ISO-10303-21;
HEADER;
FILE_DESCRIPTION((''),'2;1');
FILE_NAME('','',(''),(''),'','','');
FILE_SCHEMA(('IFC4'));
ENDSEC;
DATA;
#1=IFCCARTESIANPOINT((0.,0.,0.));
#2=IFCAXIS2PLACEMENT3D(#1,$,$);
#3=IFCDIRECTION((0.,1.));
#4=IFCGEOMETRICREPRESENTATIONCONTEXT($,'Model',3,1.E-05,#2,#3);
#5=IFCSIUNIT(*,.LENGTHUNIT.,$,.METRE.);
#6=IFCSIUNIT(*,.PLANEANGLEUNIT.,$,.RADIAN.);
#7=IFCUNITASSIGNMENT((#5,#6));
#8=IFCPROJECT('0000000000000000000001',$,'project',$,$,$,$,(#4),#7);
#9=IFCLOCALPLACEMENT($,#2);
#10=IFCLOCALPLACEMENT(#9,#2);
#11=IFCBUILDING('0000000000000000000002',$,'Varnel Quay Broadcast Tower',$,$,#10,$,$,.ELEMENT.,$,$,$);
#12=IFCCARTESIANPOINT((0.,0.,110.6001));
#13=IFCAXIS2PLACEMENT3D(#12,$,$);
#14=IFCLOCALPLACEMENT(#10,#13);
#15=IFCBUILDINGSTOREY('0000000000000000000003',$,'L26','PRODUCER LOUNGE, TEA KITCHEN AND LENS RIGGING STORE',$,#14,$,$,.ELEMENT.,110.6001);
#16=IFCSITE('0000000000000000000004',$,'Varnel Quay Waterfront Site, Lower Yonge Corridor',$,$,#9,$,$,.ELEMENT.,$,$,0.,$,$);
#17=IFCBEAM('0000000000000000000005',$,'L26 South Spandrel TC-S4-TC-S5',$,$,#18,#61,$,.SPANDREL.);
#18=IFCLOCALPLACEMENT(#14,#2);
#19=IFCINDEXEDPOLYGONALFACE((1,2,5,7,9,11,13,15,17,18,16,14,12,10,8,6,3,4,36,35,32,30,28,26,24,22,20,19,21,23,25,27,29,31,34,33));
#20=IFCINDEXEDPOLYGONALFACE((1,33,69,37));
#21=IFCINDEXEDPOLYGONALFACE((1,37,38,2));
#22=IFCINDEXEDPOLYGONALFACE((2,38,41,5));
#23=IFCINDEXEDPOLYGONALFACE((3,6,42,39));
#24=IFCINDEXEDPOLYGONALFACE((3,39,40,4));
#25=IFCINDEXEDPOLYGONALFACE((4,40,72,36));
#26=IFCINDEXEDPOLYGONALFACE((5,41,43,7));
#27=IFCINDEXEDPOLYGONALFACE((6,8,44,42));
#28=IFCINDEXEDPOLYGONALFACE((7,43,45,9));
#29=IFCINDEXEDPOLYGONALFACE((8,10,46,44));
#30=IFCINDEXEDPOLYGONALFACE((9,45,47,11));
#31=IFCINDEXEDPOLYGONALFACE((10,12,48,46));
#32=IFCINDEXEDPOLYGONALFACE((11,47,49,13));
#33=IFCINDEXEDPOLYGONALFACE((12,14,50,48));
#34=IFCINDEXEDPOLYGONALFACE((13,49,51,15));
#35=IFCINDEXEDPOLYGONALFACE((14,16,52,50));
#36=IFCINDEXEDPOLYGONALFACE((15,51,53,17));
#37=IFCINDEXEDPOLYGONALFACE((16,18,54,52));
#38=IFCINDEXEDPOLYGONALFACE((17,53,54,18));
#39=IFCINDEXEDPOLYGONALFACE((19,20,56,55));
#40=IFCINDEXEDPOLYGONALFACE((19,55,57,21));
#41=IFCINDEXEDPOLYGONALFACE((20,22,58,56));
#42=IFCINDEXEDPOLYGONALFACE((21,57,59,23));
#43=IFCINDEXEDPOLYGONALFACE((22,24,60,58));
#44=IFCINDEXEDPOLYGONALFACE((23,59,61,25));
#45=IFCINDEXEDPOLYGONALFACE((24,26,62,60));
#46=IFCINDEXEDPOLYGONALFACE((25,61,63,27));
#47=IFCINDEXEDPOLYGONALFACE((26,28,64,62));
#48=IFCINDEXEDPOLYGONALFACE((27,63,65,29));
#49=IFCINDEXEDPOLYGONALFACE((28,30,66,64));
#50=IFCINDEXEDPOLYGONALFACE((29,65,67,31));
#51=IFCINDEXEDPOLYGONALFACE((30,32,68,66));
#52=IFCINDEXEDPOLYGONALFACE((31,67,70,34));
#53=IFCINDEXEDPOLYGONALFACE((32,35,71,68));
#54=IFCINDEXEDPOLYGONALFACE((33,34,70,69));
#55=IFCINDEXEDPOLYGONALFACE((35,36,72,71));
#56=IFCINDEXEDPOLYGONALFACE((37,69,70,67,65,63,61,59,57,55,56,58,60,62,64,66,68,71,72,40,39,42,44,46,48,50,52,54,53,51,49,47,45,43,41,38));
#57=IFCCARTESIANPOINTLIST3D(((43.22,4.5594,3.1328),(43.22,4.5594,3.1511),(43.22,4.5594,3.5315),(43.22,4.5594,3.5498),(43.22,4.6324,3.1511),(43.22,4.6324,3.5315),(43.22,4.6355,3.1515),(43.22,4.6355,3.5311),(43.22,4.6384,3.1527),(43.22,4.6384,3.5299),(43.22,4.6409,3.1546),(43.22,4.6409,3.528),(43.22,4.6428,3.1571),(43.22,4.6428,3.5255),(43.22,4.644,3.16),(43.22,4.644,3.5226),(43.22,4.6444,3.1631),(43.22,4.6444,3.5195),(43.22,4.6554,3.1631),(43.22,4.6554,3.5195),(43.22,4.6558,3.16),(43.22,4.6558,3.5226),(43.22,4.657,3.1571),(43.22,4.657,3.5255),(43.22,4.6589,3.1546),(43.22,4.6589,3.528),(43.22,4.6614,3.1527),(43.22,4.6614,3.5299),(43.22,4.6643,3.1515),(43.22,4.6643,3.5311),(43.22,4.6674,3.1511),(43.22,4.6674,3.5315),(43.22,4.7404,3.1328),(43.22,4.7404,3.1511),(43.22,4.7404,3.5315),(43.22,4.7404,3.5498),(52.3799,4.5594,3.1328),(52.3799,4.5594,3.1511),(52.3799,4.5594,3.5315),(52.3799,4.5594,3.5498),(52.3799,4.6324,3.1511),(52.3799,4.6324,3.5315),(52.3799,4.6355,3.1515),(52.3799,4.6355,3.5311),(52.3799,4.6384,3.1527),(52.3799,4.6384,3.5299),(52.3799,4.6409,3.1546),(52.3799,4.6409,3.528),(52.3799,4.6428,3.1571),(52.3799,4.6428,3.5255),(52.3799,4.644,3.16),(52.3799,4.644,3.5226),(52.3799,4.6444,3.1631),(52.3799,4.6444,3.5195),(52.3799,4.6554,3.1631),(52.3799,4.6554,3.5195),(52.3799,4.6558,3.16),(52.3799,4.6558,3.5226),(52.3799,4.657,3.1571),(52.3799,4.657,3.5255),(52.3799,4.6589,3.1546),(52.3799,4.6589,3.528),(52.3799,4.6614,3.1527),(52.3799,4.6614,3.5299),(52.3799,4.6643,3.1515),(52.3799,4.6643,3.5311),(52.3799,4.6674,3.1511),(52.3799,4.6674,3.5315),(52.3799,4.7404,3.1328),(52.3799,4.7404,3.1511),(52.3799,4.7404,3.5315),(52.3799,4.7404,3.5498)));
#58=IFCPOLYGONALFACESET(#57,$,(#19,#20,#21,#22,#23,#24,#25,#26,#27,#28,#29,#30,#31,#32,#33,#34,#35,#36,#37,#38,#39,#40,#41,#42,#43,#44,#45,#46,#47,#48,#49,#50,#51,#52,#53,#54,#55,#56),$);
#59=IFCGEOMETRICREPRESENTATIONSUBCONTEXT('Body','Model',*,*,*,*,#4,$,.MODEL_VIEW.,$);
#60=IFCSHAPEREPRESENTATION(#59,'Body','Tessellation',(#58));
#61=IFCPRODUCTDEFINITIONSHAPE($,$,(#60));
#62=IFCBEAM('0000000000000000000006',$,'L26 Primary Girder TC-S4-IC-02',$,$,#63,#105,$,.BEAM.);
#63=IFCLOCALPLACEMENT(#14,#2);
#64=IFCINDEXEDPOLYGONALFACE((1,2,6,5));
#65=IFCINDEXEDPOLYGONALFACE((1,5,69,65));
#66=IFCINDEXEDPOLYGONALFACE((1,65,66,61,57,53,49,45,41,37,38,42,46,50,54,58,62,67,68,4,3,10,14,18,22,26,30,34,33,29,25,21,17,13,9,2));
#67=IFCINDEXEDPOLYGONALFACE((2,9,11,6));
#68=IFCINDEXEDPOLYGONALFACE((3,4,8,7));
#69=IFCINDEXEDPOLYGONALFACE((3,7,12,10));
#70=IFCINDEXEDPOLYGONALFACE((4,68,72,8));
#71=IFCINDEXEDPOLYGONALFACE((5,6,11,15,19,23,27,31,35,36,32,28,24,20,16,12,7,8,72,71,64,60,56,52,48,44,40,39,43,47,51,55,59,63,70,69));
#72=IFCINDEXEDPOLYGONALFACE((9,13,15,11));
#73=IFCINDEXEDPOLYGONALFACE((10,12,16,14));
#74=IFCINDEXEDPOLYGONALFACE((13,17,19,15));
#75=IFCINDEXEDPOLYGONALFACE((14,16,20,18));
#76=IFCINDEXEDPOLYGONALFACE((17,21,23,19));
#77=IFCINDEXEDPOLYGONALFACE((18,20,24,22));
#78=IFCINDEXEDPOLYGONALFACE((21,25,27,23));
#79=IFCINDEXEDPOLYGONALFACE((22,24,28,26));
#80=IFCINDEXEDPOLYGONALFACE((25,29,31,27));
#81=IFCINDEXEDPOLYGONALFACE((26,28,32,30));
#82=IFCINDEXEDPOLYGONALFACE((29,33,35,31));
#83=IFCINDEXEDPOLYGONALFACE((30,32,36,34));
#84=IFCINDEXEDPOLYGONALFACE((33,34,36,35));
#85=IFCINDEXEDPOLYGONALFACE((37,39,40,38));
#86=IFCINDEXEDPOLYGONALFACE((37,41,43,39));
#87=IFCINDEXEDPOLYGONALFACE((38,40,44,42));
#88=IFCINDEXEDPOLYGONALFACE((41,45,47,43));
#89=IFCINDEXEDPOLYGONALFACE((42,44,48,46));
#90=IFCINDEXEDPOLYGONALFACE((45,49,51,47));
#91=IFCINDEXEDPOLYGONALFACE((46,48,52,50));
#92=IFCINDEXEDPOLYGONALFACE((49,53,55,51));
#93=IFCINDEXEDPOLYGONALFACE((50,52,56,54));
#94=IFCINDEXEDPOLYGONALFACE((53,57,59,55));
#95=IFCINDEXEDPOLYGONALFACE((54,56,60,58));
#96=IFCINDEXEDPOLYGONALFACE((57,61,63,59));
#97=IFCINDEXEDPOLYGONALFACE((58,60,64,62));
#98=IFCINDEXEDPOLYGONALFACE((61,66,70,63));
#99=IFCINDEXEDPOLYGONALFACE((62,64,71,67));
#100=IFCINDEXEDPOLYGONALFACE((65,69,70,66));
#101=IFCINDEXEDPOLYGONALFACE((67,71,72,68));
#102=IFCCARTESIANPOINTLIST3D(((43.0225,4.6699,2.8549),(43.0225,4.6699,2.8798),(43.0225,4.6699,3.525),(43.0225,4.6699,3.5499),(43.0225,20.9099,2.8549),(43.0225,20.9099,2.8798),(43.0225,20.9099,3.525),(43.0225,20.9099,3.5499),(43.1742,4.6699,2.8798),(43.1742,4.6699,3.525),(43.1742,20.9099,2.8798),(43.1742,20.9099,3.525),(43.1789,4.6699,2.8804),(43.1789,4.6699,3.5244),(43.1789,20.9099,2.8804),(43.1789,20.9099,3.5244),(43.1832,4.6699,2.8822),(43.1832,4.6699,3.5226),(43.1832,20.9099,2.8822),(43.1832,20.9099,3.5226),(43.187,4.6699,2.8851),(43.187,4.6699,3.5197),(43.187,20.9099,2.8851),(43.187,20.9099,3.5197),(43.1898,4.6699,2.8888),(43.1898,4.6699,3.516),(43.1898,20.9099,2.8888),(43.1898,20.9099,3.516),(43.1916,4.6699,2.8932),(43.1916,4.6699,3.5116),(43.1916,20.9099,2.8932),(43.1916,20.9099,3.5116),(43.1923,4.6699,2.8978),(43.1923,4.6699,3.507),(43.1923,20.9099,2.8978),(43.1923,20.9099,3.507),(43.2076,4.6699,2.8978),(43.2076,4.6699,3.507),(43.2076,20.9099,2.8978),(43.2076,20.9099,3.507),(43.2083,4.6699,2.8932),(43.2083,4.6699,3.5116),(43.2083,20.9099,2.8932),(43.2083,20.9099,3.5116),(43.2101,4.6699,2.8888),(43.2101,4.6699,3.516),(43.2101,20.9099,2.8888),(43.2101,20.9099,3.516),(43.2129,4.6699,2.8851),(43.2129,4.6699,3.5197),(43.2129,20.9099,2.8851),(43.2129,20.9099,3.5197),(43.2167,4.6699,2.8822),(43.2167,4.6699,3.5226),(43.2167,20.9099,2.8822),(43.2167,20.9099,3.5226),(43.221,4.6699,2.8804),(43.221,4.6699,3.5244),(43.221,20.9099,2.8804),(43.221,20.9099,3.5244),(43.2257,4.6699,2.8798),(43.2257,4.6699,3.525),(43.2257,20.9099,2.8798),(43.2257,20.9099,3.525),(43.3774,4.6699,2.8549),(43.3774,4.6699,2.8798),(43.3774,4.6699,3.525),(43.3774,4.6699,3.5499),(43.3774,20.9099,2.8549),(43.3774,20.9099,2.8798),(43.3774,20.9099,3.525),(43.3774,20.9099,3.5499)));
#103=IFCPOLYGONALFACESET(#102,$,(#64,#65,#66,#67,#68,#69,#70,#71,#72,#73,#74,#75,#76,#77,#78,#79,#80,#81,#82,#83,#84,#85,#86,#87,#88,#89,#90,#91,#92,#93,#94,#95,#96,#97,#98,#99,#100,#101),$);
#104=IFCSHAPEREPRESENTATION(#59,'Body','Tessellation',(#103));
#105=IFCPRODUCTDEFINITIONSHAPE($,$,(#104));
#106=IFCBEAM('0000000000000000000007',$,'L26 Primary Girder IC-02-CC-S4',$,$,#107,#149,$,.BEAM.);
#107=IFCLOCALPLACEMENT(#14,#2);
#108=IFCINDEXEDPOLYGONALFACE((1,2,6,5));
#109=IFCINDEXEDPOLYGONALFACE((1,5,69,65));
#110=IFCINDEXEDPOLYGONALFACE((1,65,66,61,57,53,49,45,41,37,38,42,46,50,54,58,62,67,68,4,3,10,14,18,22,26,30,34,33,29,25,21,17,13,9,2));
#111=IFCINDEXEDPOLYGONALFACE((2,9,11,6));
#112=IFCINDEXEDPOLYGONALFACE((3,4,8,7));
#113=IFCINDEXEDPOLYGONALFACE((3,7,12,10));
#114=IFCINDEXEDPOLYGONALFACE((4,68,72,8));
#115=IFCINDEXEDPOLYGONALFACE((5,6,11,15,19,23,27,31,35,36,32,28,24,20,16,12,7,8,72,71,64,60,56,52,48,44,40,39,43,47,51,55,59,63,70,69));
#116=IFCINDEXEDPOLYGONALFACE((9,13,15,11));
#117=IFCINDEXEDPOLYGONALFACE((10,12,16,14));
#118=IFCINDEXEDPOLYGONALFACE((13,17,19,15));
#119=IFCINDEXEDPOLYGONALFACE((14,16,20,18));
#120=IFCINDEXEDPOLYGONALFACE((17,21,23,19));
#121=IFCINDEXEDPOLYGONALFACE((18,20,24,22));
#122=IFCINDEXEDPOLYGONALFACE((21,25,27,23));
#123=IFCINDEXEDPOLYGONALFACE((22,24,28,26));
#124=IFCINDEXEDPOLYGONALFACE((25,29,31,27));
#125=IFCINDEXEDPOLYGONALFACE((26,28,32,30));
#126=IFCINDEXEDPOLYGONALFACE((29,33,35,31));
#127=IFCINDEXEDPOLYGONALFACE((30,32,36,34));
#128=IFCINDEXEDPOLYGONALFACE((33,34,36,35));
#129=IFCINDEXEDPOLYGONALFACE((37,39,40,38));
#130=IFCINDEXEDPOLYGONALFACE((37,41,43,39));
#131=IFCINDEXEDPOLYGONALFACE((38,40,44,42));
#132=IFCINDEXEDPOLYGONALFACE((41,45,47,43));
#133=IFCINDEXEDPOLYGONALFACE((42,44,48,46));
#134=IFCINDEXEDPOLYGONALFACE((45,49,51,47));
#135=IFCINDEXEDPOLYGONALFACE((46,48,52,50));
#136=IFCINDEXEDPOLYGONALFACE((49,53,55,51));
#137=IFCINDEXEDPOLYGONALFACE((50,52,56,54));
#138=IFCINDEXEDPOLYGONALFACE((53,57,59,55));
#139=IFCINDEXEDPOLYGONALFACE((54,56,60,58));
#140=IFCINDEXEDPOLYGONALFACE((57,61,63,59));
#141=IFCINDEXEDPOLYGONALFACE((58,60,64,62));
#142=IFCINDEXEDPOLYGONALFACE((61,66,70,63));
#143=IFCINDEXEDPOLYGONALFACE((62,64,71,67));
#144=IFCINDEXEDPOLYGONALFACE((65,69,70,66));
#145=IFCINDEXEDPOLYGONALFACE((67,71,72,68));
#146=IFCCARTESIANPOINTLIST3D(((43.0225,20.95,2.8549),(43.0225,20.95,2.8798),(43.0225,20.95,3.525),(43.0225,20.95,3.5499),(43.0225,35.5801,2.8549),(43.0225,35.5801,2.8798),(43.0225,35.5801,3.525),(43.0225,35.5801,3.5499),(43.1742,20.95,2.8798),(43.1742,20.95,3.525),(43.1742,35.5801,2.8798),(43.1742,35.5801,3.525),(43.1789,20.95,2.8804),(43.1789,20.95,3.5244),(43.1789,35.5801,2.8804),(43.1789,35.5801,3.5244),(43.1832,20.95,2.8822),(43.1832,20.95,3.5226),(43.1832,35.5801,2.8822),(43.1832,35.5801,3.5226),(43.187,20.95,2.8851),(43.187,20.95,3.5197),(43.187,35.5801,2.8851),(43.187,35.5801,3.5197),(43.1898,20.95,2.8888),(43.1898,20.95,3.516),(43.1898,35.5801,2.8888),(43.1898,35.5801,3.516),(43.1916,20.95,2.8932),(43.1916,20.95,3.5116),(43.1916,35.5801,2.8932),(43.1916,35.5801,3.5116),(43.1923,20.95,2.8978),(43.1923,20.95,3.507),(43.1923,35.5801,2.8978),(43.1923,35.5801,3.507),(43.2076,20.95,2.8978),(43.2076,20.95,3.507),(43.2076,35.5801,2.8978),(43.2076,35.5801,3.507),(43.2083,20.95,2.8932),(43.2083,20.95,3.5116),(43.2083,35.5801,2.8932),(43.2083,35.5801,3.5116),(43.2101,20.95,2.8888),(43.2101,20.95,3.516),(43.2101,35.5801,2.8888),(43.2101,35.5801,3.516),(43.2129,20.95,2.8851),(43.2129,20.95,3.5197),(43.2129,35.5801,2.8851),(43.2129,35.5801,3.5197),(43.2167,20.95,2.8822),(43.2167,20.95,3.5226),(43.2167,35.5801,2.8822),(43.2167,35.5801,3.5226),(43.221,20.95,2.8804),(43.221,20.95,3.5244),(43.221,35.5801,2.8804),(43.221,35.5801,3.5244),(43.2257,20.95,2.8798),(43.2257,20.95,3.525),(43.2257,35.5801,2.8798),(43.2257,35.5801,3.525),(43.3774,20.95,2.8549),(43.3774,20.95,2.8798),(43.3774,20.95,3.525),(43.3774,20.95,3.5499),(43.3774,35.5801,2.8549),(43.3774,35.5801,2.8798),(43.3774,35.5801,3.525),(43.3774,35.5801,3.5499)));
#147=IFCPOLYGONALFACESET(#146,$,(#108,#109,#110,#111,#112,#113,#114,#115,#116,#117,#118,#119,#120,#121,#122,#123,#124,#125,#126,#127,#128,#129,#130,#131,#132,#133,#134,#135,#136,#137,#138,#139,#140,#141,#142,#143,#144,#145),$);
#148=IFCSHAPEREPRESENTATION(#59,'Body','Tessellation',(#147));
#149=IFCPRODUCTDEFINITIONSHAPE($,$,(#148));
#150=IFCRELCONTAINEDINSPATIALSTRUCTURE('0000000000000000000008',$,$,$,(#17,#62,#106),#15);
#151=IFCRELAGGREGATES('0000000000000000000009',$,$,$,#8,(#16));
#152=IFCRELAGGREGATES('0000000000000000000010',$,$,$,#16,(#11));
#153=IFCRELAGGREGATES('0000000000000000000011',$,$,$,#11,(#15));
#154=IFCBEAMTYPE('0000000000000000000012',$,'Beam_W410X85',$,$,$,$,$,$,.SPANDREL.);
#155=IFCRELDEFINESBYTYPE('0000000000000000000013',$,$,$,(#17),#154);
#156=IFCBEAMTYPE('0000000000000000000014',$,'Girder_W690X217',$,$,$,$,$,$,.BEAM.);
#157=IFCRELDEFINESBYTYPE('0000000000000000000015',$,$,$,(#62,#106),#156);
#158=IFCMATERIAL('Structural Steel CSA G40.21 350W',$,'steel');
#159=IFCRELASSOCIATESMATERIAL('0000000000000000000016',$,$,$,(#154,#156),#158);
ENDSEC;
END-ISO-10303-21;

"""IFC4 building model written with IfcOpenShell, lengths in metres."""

from ifc_helpers import new_model, si_unit, direction, frame, origin, origin_2d, place, context, subcontext, project, spatial, i_section, extrude, source, transform, mapped, material, material_profile, profile_set, type_object, type_shapes, element, save


model = new_model("IFC4")

# Units and contexts
model_context = context("Model", 3, precision=1e-05, world=origin(), true_north=direction((0.0, 1.0)))
body_context = subcontext(model_context, "Body", "Model", "MODEL_VIEW")
ifc_project = project(units=[si_unit("LENGTHUNIT", "METRE"), si_unit("PLANEANGLEUNIT", "RADIAN")], contexts=[model_context])

# Site, building, storey
site_placement = place(None, origin())
site = spatial("IfcSite", under=ifc_project, at=site_placement, Name="Varnel Quay Waterfront Site, Lower Yonge Corridor", CompositionType="ELEMENT", RefElevation=0.0)
building_placement = place(site_placement, origin())
building = spatial("IfcBuilding", under=site, at=building_placement, Name="Varnel Quay Broadcast Tower", CompositionType="ELEMENT")
storey_placement = place(building_placement, frame((0.0, 0.0, 110.6001)))
storey = spatial("IfcBuildingStorey", under=building, at=storey_placement, Name="L26", Description="PRODUCER LOUNGE, TEA KITCHEN AND LENS RIGGING STORE", CompositionType="ELEMENT", Elevation=110.6001)

# Shared definitions
ifc_material_1 = material(Name="Structural Steel CSA G40.21 350W", Category="steel")

# Beams
ifc_material_profile_1 = material_profile(ifc_material_1, i_section(OverallWidth=0.1809, OverallDepth=0.417, WebThickness=0.011, FlangeThickness=0.0183, FilletRadius=0.012, at=origin_2d()), Name="W410X85")
ifc_profile_set_1 = profile_set([ifc_material_profile_1], Name="Structural Steel CSA G40.21 350W")
beam_type_1 = type_object("IfcBeamType", Name="Beam_W410X85", PredefinedType="SPANDREL", material=ifc_profile_set_1)
shared_shape_1 = source(origin(), body_context, "Body", "SweptSolid", [
    extrude(i_section(OverallWidth=0.1809, OverallDepth=0.417, WebThickness=0.011, FlangeThickness=0.0183, FilletRadius=0.012, at=origin_2d()), origin(), (0.0, 0.0, 1.0), 9.1599),
])
type_shapes(beam_type_1, [shared_shape_1])
for number, where, z_axis, x_axis, name in (
    (1, (43.22, 4.6499, 3.3413), (1.0, 0.0, 0.0), (0.0, 1.0, 0.0), "L26 South Spandrel TC-S4-TC-S5"),
):
    element("IfcBeam", number, at=place(storey_placement, frame(where, z_axis=z_axis, x_axis=x_axis)), inside=storey, type_object=beam_type_1, Name=name, PredefinedType="SPANDREL", context=body_context, shape_type="MappedRepresentation", body=[
        mapped(shared_shape_1, transform((0.0, 0.0, 0.0), x_axis=(1.0, 0.0, 0.0), y_axis=(0.0, 1.0, 0.0), z_axis=(0.0, 0.0, 1.0), scale=1.0)),
    ])
ifc_material_profile_2 = material_profile(ifc_material_1, i_section(OverallWidth=0.355, OverallDepth=0.6951, WebThickness=0.0154, FlangeThickness=0.0249, FilletRadius=0.0181, at=origin_2d()), Name="W690X217")
ifc_profile_set_2 = profile_set([ifc_material_profile_2], Name="Structural Steel CSA G40.21 350W")
beam_type_2 = type_object("IfcBeamType", Name="Girder_W690X217", PredefinedType="BEAM", material=ifc_profile_set_2)
shared_shape_2 = source(origin(), body_context, "Body", "SweptSolid", [
    extrude(i_section(OverallWidth=0.355, OverallDepth=0.6951, WebThickness=0.0154, FlangeThickness=0.0249, FilletRadius=0.0181, at=origin_2d()), origin(), (0.0, 0.0, 1.0), 16.24),
])
beam_1_placement = place(storey_placement, frame((43.2, 4.6699, 3.2024), z_axis=(0.0, 1.0, 0.0), x_axis=(-1.0, 0.0, 0.0)))
element("IfcBeam", 2, at=beam_1_placement, inside=storey, type_object=beam_type_2, Name="L26 Primary Girder TC-S4-IC-02", PredefinedType="BEAM", context=body_context, shape_type="MappedRepresentation", body=[
    mapped(shared_shape_2, transform((0.0, 0.0, 0.0), x_axis=(1.0, 0.0, 0.0), y_axis=(0.0, 1.0, 0.0), z_axis=(0.0, 0.0, 1.0), scale=1.0)),
])
shared_shape_3 = source(origin(), body_context, "Body", "SweptSolid", [
    extrude(i_section(OverallWidth=0.355, OverallDepth=0.6951, WebThickness=0.0154, FlangeThickness=0.0249, FilletRadius=0.0181, at=origin_2d()), origin(), (0.0, 0.0, 1.0), 14.6301),
])
beam_2_placement = place(storey_placement, frame((43.2, 20.95, 3.2024), z_axis=(0.0, 1.0, 0.0), x_axis=(-1.0, 0.0, 0.0)))
element("IfcBeam", 3, at=beam_2_placement, inside=storey, type_object=beam_type_2, Name="L26 Primary Girder IC-02-CC-S4", PredefinedType="BEAM", context=body_context, shape_type="MappedRepresentation", body=[
    mapped(shared_shape_3, transform((0.0, 0.0, 0.0), x_axis=(1.0, 0.0, 0.0), y_axis=(0.0, 1.0, 0.0), z_axis=(0.0, 0.0, 1.0), scale=1.0)),
])

save(model, "model.ifc")
